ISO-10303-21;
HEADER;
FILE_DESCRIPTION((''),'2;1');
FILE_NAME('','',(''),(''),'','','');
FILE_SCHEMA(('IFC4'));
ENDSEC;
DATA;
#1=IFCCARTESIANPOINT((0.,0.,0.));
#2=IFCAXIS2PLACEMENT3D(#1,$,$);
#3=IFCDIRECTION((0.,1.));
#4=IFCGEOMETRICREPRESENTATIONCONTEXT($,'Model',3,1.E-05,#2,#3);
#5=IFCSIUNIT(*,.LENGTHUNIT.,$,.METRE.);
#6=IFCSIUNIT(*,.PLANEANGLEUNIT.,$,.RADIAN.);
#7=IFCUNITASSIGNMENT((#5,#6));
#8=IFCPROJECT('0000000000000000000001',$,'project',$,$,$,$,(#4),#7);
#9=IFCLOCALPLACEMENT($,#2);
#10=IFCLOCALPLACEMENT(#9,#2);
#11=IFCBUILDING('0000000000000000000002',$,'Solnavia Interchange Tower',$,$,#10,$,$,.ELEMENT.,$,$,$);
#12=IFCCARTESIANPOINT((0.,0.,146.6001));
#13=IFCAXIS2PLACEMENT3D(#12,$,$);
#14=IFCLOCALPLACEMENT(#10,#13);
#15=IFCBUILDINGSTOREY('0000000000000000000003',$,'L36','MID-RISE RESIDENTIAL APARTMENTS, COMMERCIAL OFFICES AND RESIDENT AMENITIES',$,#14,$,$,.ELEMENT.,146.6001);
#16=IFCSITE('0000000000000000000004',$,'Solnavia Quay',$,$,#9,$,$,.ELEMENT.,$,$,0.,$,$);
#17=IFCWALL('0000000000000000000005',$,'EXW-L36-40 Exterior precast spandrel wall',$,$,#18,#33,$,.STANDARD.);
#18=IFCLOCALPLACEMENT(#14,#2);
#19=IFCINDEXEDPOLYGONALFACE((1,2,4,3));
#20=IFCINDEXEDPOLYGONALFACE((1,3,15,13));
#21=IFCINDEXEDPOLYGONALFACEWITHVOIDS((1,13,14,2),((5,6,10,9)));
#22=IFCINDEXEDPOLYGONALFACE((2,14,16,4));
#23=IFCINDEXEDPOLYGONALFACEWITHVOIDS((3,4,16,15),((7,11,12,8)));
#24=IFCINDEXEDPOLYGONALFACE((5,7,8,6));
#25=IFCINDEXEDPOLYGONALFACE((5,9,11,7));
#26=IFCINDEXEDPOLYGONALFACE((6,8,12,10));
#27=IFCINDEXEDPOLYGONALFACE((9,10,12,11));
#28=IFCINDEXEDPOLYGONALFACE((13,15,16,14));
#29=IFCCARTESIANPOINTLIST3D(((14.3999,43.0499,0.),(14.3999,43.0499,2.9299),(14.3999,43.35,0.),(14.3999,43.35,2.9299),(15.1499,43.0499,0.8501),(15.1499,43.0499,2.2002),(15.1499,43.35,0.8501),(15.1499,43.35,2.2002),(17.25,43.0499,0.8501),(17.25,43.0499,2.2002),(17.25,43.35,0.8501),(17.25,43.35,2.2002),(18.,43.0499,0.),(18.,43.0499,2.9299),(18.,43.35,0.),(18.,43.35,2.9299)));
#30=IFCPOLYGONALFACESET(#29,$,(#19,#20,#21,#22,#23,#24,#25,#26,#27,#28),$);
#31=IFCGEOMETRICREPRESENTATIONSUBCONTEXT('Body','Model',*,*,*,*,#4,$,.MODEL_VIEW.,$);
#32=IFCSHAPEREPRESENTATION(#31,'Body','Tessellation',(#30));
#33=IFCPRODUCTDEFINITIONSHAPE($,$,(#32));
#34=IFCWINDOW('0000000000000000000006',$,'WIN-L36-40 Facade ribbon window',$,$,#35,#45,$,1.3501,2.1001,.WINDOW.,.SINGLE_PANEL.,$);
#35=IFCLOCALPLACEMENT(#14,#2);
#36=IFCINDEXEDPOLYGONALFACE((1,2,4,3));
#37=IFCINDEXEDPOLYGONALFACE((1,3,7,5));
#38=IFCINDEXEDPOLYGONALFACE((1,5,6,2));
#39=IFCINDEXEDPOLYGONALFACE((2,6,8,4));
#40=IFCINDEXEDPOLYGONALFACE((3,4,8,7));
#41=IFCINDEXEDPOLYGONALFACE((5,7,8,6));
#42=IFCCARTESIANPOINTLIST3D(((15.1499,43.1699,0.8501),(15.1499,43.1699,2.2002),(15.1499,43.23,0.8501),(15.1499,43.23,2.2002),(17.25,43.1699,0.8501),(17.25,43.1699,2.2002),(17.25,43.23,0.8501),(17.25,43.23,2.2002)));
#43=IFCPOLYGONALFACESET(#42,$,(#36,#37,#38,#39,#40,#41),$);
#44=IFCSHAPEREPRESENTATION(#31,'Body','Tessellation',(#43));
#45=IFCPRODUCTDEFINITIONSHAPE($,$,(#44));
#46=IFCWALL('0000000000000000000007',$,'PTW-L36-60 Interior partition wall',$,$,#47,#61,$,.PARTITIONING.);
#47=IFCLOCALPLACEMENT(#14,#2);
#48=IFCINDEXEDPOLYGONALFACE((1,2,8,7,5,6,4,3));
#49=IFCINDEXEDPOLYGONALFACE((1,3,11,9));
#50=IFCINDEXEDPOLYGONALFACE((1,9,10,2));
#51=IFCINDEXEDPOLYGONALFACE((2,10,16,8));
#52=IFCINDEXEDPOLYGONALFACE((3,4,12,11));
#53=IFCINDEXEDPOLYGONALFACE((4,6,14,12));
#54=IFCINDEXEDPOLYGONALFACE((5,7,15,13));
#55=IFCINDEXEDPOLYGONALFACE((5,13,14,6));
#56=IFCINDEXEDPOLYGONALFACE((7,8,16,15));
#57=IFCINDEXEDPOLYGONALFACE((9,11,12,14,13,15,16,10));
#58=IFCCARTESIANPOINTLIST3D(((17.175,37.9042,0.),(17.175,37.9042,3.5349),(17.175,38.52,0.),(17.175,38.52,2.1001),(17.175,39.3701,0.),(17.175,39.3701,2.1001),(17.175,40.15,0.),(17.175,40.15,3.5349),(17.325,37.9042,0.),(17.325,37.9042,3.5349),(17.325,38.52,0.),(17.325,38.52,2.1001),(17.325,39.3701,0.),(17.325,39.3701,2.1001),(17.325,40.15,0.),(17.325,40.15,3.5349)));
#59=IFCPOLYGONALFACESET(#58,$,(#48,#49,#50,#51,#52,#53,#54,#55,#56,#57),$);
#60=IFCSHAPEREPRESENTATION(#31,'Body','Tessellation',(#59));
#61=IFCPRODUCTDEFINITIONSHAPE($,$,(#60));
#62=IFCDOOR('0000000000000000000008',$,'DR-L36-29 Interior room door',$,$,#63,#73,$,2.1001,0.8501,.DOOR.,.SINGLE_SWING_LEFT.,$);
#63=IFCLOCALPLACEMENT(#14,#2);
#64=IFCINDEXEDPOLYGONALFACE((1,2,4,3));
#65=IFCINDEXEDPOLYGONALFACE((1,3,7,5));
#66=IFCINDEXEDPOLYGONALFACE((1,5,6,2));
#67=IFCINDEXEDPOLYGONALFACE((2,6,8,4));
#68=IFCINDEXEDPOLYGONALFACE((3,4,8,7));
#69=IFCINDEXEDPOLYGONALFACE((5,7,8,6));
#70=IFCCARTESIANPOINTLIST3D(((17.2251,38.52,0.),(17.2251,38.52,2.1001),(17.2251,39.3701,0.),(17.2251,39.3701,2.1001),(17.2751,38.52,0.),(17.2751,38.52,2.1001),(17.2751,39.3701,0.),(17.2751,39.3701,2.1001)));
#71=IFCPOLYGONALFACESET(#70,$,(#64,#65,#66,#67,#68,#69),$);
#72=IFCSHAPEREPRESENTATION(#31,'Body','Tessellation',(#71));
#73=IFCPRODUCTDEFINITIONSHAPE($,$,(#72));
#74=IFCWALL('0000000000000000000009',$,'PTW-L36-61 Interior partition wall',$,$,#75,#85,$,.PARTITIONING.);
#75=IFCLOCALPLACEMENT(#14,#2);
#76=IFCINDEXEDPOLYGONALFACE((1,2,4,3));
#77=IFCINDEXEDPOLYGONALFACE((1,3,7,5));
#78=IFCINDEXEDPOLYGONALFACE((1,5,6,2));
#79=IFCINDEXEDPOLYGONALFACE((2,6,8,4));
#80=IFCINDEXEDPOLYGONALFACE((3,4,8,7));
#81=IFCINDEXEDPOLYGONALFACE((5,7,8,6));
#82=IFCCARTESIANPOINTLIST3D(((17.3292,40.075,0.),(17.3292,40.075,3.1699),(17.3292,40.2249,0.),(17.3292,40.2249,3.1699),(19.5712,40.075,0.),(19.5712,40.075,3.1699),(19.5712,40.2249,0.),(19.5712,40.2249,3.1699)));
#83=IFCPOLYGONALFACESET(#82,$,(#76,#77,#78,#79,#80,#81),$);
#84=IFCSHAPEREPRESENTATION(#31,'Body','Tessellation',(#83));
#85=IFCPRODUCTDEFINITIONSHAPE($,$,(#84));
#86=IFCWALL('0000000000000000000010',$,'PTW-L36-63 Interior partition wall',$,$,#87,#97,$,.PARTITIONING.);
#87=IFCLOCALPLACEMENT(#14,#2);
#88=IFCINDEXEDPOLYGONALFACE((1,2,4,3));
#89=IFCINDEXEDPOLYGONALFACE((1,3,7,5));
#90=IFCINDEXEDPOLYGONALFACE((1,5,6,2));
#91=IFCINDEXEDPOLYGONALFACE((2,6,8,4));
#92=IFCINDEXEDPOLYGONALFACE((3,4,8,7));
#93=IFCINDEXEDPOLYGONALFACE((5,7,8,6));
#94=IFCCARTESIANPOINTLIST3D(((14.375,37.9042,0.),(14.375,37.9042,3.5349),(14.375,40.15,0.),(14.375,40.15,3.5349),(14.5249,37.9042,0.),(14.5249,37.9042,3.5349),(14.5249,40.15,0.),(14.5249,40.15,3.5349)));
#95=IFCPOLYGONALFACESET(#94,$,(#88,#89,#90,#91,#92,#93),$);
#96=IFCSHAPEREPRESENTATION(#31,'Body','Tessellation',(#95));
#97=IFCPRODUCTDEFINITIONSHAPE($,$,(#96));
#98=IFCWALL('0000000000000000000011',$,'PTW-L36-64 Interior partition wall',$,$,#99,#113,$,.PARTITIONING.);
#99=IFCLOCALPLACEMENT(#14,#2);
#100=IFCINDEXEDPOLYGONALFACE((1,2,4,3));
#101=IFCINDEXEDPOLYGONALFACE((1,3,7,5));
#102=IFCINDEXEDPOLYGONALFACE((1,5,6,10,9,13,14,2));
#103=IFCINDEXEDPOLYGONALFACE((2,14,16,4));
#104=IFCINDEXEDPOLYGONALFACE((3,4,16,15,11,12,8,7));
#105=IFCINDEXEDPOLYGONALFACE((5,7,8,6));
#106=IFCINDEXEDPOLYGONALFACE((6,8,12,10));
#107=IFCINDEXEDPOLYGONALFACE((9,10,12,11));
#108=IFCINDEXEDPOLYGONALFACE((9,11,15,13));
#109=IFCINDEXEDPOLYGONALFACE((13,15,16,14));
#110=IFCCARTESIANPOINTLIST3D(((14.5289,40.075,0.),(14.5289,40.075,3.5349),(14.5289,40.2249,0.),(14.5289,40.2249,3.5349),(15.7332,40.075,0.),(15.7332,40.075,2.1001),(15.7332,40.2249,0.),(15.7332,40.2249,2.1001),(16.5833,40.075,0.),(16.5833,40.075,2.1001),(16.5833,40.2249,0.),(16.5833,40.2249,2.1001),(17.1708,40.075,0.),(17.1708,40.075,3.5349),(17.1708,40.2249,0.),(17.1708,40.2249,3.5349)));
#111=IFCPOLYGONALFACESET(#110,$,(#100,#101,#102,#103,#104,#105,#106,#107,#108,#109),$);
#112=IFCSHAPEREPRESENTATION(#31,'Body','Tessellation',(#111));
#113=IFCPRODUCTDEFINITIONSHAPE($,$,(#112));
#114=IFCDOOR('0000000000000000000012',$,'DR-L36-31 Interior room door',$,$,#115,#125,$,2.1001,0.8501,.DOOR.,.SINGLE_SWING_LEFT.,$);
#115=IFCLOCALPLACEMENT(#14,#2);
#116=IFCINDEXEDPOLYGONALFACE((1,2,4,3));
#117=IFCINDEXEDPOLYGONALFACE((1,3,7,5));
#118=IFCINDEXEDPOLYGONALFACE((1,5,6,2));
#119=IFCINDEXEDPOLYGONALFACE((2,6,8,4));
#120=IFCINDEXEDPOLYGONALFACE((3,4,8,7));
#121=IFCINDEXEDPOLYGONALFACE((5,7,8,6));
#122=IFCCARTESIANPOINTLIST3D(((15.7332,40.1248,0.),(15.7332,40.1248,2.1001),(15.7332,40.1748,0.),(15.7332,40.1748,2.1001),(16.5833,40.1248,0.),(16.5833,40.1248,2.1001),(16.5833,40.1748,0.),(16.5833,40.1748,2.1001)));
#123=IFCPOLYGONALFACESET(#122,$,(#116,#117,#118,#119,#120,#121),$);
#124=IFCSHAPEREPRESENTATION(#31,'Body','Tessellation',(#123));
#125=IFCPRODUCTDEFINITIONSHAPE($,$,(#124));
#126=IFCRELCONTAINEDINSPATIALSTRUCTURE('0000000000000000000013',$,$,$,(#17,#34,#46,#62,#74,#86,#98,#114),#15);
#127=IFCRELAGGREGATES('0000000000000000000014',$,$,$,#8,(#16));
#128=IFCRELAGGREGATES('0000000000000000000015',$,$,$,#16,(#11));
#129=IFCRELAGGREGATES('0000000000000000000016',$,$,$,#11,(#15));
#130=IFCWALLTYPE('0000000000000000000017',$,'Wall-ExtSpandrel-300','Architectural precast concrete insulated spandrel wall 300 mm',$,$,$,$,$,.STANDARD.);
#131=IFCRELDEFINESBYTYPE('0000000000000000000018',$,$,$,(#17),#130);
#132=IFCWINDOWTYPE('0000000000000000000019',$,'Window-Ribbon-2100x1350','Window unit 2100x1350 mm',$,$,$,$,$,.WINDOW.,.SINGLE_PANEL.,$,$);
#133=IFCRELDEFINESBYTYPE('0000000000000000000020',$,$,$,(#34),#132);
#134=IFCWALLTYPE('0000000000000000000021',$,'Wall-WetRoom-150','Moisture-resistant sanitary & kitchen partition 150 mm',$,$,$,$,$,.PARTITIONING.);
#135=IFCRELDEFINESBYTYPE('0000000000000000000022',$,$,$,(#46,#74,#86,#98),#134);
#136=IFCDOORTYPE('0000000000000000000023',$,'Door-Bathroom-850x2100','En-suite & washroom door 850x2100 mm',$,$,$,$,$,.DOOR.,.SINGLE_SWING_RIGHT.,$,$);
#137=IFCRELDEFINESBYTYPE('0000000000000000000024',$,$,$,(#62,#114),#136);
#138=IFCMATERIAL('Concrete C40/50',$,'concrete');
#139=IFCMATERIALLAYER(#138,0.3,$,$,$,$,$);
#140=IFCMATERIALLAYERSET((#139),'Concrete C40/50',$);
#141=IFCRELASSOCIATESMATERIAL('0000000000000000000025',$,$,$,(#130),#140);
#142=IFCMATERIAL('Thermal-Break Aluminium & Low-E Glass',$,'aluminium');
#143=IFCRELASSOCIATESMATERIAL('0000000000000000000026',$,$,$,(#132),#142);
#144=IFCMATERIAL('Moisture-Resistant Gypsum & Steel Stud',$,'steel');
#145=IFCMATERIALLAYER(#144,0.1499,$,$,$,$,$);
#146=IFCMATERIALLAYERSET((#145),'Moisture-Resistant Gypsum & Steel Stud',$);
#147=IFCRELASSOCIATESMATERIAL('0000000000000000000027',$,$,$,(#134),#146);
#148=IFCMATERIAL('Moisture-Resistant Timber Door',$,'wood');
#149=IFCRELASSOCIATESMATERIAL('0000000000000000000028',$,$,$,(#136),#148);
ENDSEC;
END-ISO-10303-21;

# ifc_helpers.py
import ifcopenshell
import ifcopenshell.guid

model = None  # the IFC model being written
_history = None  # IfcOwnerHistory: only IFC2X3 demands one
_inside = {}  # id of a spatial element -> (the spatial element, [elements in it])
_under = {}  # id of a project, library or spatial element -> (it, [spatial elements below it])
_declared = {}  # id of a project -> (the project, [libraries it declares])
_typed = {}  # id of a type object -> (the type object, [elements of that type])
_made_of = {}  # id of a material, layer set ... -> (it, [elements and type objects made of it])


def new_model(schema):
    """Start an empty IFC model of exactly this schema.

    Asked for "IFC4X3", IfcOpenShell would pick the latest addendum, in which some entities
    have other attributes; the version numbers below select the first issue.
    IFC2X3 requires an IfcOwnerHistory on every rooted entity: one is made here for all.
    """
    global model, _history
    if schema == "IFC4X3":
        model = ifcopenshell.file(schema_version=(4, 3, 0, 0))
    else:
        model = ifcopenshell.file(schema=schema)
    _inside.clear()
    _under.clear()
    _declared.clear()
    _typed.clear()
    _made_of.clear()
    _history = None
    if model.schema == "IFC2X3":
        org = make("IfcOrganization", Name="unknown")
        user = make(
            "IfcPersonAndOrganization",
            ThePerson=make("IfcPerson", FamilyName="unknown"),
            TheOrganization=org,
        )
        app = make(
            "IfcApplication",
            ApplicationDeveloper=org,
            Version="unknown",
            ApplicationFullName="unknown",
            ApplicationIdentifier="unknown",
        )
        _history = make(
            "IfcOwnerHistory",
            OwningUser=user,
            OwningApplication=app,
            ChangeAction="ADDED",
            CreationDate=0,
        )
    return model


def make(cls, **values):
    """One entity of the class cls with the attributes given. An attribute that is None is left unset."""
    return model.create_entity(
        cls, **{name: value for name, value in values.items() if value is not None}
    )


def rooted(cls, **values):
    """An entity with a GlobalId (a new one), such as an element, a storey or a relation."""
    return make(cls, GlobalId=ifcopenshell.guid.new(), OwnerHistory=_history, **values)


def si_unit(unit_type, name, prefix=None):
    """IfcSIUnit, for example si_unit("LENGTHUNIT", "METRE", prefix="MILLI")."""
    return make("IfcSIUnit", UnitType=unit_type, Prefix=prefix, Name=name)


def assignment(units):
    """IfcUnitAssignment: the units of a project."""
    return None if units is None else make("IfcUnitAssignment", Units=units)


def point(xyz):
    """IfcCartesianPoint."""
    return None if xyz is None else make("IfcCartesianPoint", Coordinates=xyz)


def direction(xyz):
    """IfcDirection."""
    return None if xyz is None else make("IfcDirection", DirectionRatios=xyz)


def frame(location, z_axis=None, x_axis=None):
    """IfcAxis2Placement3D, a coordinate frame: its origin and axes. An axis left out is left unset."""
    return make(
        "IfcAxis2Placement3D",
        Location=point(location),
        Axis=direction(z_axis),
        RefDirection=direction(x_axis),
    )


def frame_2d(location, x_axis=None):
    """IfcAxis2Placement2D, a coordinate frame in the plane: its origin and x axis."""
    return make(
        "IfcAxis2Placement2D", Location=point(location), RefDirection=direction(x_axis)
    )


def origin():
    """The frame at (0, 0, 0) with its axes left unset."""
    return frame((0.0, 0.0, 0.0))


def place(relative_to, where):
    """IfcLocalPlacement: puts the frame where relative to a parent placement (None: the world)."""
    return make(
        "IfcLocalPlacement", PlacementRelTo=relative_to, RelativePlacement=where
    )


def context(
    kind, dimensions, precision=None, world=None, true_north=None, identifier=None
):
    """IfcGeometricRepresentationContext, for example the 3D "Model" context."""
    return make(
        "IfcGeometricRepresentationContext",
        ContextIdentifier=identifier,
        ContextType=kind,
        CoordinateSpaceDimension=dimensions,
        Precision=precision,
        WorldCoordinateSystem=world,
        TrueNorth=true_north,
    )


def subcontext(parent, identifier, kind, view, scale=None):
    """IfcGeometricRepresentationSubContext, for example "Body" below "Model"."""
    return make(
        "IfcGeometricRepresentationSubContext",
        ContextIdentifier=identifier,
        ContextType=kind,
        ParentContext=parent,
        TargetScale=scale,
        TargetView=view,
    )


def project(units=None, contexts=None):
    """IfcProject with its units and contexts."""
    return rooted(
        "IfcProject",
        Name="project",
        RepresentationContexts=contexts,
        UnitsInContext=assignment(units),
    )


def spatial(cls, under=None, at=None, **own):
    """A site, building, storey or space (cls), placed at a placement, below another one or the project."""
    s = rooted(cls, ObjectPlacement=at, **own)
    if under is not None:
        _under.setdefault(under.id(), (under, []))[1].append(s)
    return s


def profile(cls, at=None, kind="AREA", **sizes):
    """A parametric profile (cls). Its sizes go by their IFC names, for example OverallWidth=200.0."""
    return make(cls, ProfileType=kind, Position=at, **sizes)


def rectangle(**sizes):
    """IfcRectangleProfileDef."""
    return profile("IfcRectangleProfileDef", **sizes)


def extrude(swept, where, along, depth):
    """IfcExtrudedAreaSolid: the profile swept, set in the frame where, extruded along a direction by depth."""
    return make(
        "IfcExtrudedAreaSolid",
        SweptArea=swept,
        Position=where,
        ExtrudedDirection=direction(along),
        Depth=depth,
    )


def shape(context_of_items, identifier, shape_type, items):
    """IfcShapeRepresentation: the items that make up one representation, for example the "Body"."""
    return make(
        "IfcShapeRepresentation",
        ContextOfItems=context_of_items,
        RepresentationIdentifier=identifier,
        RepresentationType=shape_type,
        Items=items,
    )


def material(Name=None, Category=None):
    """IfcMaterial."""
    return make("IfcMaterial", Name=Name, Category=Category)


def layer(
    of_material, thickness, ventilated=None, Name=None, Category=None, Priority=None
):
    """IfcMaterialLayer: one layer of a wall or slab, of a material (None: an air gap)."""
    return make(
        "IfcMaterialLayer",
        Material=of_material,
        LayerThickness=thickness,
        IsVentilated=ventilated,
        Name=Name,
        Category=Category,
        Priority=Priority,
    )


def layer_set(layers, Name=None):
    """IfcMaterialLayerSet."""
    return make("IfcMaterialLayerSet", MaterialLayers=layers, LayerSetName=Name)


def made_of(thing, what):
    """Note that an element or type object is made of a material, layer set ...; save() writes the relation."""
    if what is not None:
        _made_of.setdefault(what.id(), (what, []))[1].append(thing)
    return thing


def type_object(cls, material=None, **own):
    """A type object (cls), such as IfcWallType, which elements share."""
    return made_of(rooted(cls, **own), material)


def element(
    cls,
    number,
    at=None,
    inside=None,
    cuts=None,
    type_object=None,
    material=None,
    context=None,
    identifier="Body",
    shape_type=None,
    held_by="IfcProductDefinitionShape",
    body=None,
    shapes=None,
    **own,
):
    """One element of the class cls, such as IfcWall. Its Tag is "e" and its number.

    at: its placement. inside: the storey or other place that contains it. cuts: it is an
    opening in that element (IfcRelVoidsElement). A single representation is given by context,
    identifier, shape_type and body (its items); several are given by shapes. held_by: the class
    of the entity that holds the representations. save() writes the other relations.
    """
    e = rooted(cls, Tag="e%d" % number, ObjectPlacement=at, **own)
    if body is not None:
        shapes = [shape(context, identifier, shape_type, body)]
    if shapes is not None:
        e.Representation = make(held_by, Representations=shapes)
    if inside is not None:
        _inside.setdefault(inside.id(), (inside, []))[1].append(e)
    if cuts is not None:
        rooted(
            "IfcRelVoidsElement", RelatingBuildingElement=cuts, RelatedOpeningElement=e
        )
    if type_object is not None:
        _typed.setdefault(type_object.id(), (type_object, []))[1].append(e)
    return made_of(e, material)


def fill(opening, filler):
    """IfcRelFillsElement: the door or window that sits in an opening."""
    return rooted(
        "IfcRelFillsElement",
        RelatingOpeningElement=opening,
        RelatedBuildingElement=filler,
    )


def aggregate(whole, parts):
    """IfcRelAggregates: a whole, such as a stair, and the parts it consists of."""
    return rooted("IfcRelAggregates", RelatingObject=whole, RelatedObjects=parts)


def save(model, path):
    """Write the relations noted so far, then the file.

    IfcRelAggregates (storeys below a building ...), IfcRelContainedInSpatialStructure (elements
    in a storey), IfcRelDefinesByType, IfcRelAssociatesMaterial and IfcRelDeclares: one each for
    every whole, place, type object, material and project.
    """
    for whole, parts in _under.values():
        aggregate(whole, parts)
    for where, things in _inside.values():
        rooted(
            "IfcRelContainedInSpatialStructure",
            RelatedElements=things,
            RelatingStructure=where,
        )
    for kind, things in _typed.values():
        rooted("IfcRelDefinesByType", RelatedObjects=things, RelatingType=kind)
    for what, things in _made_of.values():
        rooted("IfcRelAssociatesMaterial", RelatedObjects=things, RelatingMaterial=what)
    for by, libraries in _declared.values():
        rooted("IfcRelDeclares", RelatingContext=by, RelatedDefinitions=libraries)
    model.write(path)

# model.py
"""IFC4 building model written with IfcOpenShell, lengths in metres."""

from ifc_helpers import new_model, si_unit, direction, frame, frame_2d, origin, place, context, subcontext, project, spatial, rectangle, extrude, material, layer, layer_set, type_object, element, fill, save


model = new_model("IFC4")

# Units and contexts
model_context = context("Model", 3, precision=1e-05, world=origin(), true_north=direction((0.0, 1.0)))
body_context = subcontext(model_context, "Body", "Model", "MODEL_VIEW")
ifc_project = project(units=[si_unit("LENGTHUNIT", "METRE"), si_unit("PLANEANGLEUNIT", "RADIAN")], contexts=[model_context])

# Site, building, storey
site_placement = place(None, origin())
site = spatial("IfcSite", under=ifc_project, at=site_placement, Name="Solnavia Quay", CompositionType="ELEMENT", RefElevation=0.0)
building_placement = place(site_placement, origin())
building = spatial("IfcBuilding", under=site, at=building_placement, Name="Solnavia Interchange Tower", CompositionType="ELEMENT")
storey_placement = place(building_placement, frame((0.0, 0.0, 146.6001)))
storey = spatial("IfcBuildingStorey", under=building, at=storey_placement, Name="L36", Description="MID-RISE RESIDENTIAL APARTMENTS, COMMERCIAL OFFICES AND RESIDENT AMENITIES", CompositionType="ELEMENT", Elevation=146.6001)

# Wall, opening, window
ifc_material_1 = material(Name="Concrete C40/50", Category="concrete")
ifc_layer_1 = layer(ifc_material_1, 0.3)
ifc_layer_set_1 = layer_set([ifc_layer_1], Name="Concrete C40/50")
wall_type_1 = type_object("IfcWallType", Name="Wall-ExtSpandrel-300", Description="Architectural precast concrete insulated spandrel wall 300 mm", PredefinedType="STANDARD", material=ifc_layer_set_1)
ifc_material_2 = material(Name="Thermal-Break Aluminium & Low-E Glass", Category="aluminium")
window_type = type_object("IfcWindowType", Name="Window-Ribbon-2100x1350", Description="Window unit 2100x1350 mm", PartitioningType="SINGLE_PANEL", PredefinedType="WINDOW", material=ifc_material_2)
wall_1_placement = place(storey_placement, frame((14.3999, 43.2, 0.0), z_axis=(0.0, 0.0, 1.0), x_axis=(1.0, 0.0, 0.0)))
wall_1 = element("IfcWall", 1, at=wall_1_placement, inside=storey, type_object=wall_type_1, Name="EXW-L36-40 Exterior precast spandrel wall", PredefinedType="STANDARD", context=body_context, shape_type="SweptSolid", body=[
    extrude(rectangle(XDim=3.6001, YDim=0.3, at=frame_2d((1.8, 0.0))), origin(), (0.0, 0.0, 1.0), 2.9299),
])
opening_1_placement = place(wall_1_placement, frame((0.75, 0.0, 0.8501)))
opening_1 = element("IfcOpeningElement", 2, at=opening_1_placement, cuts=wall_1, PredefinedType="OPENING", context=body_context, shape_type="SweptSolid", body=[
    extrude(rectangle(XDim=2.1001, YDim=1.3501, at=frame_2d((1.05, 0.675))), frame((0.0, 0.1602, 0.0), z_axis=(0.0, -1.0, 0.0), x_axis=(1.0, 0.0, 0.0)), (0.0, 0.0, 1.0), 0.3201),
])
window_1_placement = place(opening_1_placement, origin())
window_1 = element("IfcWindow", 3, at=window_1_placement, inside=storey, type_object=window_type, Name="WIN-L36-40 Facade ribbon window", OverallHeight=1.3501, OverallWidth=2.1001, PartitioningType="SINGLE_PANEL", PredefinedType="WINDOW", context=body_context, shape_type="SweptSolid", body=[
    extrude(rectangle(XDim=2.1001, YDim=1.3501, at=frame_2d((1.05, 0.675))), frame((0.0, 0.03, 0.0), z_axis=(0.0, -1.0, 0.0), x_axis=(1.0, 0.0, 0.0)), (0.0, 0.0, 1.0), 0.0601),
])
fill(opening_1, window_1)

# Wall, opening, door
ifc_material_3 = material(Name="Moisture-Resistant Gypsum & Steel Stud", Category="steel")
ifc_layer_2 = layer(ifc_material_3, 0.1499)
ifc_layer_set_2 = layer_set([ifc_layer_2], Name="Moisture-Resistant Gypsum & Steel Stud")
wall_type_2 = type_object("IfcWallType", Name="Wall-WetRoom-150", Description="Moisture-resistant sanitary & kitchen partition 150 mm", PredefinedType="PARTITIONING", material=ifc_layer_set_2)
wall_2_placement = place(storey_placement, frame((17.25, 37.9041, 0.0), z_axis=(0.0, 0.0, 1.0), x_axis=(0.0, 1.0, 0.0)))
wall_2 = element("IfcWall", 4, at=wall_2_placement, inside=storey, type_object=wall_type_2, Name="PTW-L36-60 Interior partition wall", PredefinedType="PARTITIONING", context=body_context, shape_type="SweptSolid", body=[
    extrude(rectangle(XDim=2.2458, YDim=0.1499, at=frame_2d((1.123, 0.0))), origin(), (0.0, 0.0, 1.0), 3.5349),
])
opening_2_placement = place(wall_2_placement, frame((0.616, 0.0, 0.0)))
opening_2 = element("IfcOpeningElement", 5, at=opening_2_placement, cuts=wall_2, PredefinedType="OPENING", context=body_context, shape_type="SweptSolid", body=[
    extrude(rectangle(XDim=0.8501, YDim=2.1001, at=frame_2d((0.425, 1.05))), frame((0.0, 0.085, 0.0), z_axis=(0.0, -1.0, 0.0), x_axis=(1.0, 0.0, 0.0)), (0.0, 0.0, 1.0), 0.1699),
])
ifc_material_4 = material(Name="Moisture-Resistant Timber Door", Category="wood")
door_type = type_object("IfcDoorType", Name="Door-Bathroom-850x2100", Description="En-suite & washroom door 850x2100 mm", OperationType="SINGLE_SWING_RIGHT", PredefinedType="DOOR", material=ifc_material_4)
door_1_placement = place(opening_2_placement, origin())
door_1 = element("IfcDoor", 6, at=door_1_placement, inside=storey, type_object=door_type, Name="DR-L36-29 Interior room door", OperationType="SINGLE_SWING_LEFT", OverallHeight=2.1001, OverallWidth=0.8501, PredefinedType="DOOR", context=body_context, shape_type="SweptSolid", body=[
    extrude(rectangle(XDim=0.8501, YDim=2.1001, at=frame_2d((0.425, 1.05))), frame((0.0, 0.0249, 0.0), z_axis=(0.0, -1.0, 0.0), x_axis=(1.0, 0.0, 0.0)), (0.0, 0.0, 1.0), 0.05),
])
fill(opening_2, door_1)

# Walls
wall_3_placement = place(storey_placement, frame((17.3291, 40.1499, 0.0), z_axis=(0.0, 0.0, 1.0), x_axis=(1.0, 0.0, 0.0)))
element("IfcWall", 7, at=wall_3_placement, inside=storey, type_object=wall_type_2, Name="PTW-L36-61 Interior partition wall", PredefinedType="PARTITIONING", context=body_context, shape_type="SweptSolid", body=[
    extrude(rectangle(XDim=2.2419, YDim=0.1499, at=frame_2d((1.1211, 0.0))), origin(), (0.0, 0.0, 1.0), 3.1699),
])
wall_4_placement = place(storey_placement, frame((14.45, 37.9041, 0.0), z_axis=(0.0, 0.0, 1.0), x_axis=(0.0, 1.0, 0.0)))
element("IfcWall", 8, at=wall_4_placement, inside=storey, type_object=wall_type_2, Name="PTW-L36-63 Interior partition wall", PredefinedType="PARTITIONING", context=body_context, shape_type="SweptSolid", body=[
    extrude(rectangle(XDim=2.2458, YDim=0.1499, at=frame_2d((1.123, 0.0))), origin(), (0.0, 0.0, 1.0), 3.5349),
])

# Wall, opening, door
wall_5_placement = place(storey_placement, frame((14.5291, 40.1499, 0.0), z_axis=(0.0, 0.0, 1.0), x_axis=(1.0, 0.0, 0.0)))
wall_5 = element("IfcWall", 9, at=wall_5_placement, inside=storey, type_object=wall_type_2, Name="PTW-L36-64 Interior partition wall", PredefinedType="PARTITIONING", context=body_context, shape_type="SweptSolid", body=[
    extrude(rectangle(XDim=2.6418, YDim=0.1499, at=frame_2d((1.3208, 0.0))), origin(), (0.0, 0.0, 1.0), 3.5349),
])
opening_3_placement = place(wall_5_placement, frame((1.2041, 0.0, 0.0)))
opening_3 = element("IfcOpeningElement", 10, at=opening_3_placement, cuts=wall_5, PredefinedType="OPENING", context=body_context, shape_type="SweptSolid", body=[
    extrude(rectangle(XDim=0.8501, YDim=2.1001, at=frame_2d((0.425, 1.05))), frame((0.0, 0.085, 0.0), z_axis=(0.0, -1.0, 0.0), x_axis=(1.0, 0.0, 0.0)), (0.0, 0.0, 1.0), 0.1699),
])
door_2_placement = place(opening_3_placement, origin())
door_2 = element("IfcDoor", 11, at=door_2_placement, inside=storey, type_object=door_type, Name="DR-L36-31 Interior room door", OperationType="SINGLE_SWING_LEFT", OverallHeight=2.1001, OverallWidth=0.8501, PredefinedType="DOOR", context=body_context, shape_type="SweptSolid", body=[
    extrude(rectangle(XDim=0.8501, YDim=2.1001, at=frame_2d((0.425, 1.05))), frame((0.0, 0.0249, 0.0), z_axis=(0.0, -1.0, 0.0), x_axis=(1.0, 0.0, 0.0)), (0.0, 0.0, 1.0), 0.05),
])
fill(opening_3, door_2)

save(model, "model.ifc")
